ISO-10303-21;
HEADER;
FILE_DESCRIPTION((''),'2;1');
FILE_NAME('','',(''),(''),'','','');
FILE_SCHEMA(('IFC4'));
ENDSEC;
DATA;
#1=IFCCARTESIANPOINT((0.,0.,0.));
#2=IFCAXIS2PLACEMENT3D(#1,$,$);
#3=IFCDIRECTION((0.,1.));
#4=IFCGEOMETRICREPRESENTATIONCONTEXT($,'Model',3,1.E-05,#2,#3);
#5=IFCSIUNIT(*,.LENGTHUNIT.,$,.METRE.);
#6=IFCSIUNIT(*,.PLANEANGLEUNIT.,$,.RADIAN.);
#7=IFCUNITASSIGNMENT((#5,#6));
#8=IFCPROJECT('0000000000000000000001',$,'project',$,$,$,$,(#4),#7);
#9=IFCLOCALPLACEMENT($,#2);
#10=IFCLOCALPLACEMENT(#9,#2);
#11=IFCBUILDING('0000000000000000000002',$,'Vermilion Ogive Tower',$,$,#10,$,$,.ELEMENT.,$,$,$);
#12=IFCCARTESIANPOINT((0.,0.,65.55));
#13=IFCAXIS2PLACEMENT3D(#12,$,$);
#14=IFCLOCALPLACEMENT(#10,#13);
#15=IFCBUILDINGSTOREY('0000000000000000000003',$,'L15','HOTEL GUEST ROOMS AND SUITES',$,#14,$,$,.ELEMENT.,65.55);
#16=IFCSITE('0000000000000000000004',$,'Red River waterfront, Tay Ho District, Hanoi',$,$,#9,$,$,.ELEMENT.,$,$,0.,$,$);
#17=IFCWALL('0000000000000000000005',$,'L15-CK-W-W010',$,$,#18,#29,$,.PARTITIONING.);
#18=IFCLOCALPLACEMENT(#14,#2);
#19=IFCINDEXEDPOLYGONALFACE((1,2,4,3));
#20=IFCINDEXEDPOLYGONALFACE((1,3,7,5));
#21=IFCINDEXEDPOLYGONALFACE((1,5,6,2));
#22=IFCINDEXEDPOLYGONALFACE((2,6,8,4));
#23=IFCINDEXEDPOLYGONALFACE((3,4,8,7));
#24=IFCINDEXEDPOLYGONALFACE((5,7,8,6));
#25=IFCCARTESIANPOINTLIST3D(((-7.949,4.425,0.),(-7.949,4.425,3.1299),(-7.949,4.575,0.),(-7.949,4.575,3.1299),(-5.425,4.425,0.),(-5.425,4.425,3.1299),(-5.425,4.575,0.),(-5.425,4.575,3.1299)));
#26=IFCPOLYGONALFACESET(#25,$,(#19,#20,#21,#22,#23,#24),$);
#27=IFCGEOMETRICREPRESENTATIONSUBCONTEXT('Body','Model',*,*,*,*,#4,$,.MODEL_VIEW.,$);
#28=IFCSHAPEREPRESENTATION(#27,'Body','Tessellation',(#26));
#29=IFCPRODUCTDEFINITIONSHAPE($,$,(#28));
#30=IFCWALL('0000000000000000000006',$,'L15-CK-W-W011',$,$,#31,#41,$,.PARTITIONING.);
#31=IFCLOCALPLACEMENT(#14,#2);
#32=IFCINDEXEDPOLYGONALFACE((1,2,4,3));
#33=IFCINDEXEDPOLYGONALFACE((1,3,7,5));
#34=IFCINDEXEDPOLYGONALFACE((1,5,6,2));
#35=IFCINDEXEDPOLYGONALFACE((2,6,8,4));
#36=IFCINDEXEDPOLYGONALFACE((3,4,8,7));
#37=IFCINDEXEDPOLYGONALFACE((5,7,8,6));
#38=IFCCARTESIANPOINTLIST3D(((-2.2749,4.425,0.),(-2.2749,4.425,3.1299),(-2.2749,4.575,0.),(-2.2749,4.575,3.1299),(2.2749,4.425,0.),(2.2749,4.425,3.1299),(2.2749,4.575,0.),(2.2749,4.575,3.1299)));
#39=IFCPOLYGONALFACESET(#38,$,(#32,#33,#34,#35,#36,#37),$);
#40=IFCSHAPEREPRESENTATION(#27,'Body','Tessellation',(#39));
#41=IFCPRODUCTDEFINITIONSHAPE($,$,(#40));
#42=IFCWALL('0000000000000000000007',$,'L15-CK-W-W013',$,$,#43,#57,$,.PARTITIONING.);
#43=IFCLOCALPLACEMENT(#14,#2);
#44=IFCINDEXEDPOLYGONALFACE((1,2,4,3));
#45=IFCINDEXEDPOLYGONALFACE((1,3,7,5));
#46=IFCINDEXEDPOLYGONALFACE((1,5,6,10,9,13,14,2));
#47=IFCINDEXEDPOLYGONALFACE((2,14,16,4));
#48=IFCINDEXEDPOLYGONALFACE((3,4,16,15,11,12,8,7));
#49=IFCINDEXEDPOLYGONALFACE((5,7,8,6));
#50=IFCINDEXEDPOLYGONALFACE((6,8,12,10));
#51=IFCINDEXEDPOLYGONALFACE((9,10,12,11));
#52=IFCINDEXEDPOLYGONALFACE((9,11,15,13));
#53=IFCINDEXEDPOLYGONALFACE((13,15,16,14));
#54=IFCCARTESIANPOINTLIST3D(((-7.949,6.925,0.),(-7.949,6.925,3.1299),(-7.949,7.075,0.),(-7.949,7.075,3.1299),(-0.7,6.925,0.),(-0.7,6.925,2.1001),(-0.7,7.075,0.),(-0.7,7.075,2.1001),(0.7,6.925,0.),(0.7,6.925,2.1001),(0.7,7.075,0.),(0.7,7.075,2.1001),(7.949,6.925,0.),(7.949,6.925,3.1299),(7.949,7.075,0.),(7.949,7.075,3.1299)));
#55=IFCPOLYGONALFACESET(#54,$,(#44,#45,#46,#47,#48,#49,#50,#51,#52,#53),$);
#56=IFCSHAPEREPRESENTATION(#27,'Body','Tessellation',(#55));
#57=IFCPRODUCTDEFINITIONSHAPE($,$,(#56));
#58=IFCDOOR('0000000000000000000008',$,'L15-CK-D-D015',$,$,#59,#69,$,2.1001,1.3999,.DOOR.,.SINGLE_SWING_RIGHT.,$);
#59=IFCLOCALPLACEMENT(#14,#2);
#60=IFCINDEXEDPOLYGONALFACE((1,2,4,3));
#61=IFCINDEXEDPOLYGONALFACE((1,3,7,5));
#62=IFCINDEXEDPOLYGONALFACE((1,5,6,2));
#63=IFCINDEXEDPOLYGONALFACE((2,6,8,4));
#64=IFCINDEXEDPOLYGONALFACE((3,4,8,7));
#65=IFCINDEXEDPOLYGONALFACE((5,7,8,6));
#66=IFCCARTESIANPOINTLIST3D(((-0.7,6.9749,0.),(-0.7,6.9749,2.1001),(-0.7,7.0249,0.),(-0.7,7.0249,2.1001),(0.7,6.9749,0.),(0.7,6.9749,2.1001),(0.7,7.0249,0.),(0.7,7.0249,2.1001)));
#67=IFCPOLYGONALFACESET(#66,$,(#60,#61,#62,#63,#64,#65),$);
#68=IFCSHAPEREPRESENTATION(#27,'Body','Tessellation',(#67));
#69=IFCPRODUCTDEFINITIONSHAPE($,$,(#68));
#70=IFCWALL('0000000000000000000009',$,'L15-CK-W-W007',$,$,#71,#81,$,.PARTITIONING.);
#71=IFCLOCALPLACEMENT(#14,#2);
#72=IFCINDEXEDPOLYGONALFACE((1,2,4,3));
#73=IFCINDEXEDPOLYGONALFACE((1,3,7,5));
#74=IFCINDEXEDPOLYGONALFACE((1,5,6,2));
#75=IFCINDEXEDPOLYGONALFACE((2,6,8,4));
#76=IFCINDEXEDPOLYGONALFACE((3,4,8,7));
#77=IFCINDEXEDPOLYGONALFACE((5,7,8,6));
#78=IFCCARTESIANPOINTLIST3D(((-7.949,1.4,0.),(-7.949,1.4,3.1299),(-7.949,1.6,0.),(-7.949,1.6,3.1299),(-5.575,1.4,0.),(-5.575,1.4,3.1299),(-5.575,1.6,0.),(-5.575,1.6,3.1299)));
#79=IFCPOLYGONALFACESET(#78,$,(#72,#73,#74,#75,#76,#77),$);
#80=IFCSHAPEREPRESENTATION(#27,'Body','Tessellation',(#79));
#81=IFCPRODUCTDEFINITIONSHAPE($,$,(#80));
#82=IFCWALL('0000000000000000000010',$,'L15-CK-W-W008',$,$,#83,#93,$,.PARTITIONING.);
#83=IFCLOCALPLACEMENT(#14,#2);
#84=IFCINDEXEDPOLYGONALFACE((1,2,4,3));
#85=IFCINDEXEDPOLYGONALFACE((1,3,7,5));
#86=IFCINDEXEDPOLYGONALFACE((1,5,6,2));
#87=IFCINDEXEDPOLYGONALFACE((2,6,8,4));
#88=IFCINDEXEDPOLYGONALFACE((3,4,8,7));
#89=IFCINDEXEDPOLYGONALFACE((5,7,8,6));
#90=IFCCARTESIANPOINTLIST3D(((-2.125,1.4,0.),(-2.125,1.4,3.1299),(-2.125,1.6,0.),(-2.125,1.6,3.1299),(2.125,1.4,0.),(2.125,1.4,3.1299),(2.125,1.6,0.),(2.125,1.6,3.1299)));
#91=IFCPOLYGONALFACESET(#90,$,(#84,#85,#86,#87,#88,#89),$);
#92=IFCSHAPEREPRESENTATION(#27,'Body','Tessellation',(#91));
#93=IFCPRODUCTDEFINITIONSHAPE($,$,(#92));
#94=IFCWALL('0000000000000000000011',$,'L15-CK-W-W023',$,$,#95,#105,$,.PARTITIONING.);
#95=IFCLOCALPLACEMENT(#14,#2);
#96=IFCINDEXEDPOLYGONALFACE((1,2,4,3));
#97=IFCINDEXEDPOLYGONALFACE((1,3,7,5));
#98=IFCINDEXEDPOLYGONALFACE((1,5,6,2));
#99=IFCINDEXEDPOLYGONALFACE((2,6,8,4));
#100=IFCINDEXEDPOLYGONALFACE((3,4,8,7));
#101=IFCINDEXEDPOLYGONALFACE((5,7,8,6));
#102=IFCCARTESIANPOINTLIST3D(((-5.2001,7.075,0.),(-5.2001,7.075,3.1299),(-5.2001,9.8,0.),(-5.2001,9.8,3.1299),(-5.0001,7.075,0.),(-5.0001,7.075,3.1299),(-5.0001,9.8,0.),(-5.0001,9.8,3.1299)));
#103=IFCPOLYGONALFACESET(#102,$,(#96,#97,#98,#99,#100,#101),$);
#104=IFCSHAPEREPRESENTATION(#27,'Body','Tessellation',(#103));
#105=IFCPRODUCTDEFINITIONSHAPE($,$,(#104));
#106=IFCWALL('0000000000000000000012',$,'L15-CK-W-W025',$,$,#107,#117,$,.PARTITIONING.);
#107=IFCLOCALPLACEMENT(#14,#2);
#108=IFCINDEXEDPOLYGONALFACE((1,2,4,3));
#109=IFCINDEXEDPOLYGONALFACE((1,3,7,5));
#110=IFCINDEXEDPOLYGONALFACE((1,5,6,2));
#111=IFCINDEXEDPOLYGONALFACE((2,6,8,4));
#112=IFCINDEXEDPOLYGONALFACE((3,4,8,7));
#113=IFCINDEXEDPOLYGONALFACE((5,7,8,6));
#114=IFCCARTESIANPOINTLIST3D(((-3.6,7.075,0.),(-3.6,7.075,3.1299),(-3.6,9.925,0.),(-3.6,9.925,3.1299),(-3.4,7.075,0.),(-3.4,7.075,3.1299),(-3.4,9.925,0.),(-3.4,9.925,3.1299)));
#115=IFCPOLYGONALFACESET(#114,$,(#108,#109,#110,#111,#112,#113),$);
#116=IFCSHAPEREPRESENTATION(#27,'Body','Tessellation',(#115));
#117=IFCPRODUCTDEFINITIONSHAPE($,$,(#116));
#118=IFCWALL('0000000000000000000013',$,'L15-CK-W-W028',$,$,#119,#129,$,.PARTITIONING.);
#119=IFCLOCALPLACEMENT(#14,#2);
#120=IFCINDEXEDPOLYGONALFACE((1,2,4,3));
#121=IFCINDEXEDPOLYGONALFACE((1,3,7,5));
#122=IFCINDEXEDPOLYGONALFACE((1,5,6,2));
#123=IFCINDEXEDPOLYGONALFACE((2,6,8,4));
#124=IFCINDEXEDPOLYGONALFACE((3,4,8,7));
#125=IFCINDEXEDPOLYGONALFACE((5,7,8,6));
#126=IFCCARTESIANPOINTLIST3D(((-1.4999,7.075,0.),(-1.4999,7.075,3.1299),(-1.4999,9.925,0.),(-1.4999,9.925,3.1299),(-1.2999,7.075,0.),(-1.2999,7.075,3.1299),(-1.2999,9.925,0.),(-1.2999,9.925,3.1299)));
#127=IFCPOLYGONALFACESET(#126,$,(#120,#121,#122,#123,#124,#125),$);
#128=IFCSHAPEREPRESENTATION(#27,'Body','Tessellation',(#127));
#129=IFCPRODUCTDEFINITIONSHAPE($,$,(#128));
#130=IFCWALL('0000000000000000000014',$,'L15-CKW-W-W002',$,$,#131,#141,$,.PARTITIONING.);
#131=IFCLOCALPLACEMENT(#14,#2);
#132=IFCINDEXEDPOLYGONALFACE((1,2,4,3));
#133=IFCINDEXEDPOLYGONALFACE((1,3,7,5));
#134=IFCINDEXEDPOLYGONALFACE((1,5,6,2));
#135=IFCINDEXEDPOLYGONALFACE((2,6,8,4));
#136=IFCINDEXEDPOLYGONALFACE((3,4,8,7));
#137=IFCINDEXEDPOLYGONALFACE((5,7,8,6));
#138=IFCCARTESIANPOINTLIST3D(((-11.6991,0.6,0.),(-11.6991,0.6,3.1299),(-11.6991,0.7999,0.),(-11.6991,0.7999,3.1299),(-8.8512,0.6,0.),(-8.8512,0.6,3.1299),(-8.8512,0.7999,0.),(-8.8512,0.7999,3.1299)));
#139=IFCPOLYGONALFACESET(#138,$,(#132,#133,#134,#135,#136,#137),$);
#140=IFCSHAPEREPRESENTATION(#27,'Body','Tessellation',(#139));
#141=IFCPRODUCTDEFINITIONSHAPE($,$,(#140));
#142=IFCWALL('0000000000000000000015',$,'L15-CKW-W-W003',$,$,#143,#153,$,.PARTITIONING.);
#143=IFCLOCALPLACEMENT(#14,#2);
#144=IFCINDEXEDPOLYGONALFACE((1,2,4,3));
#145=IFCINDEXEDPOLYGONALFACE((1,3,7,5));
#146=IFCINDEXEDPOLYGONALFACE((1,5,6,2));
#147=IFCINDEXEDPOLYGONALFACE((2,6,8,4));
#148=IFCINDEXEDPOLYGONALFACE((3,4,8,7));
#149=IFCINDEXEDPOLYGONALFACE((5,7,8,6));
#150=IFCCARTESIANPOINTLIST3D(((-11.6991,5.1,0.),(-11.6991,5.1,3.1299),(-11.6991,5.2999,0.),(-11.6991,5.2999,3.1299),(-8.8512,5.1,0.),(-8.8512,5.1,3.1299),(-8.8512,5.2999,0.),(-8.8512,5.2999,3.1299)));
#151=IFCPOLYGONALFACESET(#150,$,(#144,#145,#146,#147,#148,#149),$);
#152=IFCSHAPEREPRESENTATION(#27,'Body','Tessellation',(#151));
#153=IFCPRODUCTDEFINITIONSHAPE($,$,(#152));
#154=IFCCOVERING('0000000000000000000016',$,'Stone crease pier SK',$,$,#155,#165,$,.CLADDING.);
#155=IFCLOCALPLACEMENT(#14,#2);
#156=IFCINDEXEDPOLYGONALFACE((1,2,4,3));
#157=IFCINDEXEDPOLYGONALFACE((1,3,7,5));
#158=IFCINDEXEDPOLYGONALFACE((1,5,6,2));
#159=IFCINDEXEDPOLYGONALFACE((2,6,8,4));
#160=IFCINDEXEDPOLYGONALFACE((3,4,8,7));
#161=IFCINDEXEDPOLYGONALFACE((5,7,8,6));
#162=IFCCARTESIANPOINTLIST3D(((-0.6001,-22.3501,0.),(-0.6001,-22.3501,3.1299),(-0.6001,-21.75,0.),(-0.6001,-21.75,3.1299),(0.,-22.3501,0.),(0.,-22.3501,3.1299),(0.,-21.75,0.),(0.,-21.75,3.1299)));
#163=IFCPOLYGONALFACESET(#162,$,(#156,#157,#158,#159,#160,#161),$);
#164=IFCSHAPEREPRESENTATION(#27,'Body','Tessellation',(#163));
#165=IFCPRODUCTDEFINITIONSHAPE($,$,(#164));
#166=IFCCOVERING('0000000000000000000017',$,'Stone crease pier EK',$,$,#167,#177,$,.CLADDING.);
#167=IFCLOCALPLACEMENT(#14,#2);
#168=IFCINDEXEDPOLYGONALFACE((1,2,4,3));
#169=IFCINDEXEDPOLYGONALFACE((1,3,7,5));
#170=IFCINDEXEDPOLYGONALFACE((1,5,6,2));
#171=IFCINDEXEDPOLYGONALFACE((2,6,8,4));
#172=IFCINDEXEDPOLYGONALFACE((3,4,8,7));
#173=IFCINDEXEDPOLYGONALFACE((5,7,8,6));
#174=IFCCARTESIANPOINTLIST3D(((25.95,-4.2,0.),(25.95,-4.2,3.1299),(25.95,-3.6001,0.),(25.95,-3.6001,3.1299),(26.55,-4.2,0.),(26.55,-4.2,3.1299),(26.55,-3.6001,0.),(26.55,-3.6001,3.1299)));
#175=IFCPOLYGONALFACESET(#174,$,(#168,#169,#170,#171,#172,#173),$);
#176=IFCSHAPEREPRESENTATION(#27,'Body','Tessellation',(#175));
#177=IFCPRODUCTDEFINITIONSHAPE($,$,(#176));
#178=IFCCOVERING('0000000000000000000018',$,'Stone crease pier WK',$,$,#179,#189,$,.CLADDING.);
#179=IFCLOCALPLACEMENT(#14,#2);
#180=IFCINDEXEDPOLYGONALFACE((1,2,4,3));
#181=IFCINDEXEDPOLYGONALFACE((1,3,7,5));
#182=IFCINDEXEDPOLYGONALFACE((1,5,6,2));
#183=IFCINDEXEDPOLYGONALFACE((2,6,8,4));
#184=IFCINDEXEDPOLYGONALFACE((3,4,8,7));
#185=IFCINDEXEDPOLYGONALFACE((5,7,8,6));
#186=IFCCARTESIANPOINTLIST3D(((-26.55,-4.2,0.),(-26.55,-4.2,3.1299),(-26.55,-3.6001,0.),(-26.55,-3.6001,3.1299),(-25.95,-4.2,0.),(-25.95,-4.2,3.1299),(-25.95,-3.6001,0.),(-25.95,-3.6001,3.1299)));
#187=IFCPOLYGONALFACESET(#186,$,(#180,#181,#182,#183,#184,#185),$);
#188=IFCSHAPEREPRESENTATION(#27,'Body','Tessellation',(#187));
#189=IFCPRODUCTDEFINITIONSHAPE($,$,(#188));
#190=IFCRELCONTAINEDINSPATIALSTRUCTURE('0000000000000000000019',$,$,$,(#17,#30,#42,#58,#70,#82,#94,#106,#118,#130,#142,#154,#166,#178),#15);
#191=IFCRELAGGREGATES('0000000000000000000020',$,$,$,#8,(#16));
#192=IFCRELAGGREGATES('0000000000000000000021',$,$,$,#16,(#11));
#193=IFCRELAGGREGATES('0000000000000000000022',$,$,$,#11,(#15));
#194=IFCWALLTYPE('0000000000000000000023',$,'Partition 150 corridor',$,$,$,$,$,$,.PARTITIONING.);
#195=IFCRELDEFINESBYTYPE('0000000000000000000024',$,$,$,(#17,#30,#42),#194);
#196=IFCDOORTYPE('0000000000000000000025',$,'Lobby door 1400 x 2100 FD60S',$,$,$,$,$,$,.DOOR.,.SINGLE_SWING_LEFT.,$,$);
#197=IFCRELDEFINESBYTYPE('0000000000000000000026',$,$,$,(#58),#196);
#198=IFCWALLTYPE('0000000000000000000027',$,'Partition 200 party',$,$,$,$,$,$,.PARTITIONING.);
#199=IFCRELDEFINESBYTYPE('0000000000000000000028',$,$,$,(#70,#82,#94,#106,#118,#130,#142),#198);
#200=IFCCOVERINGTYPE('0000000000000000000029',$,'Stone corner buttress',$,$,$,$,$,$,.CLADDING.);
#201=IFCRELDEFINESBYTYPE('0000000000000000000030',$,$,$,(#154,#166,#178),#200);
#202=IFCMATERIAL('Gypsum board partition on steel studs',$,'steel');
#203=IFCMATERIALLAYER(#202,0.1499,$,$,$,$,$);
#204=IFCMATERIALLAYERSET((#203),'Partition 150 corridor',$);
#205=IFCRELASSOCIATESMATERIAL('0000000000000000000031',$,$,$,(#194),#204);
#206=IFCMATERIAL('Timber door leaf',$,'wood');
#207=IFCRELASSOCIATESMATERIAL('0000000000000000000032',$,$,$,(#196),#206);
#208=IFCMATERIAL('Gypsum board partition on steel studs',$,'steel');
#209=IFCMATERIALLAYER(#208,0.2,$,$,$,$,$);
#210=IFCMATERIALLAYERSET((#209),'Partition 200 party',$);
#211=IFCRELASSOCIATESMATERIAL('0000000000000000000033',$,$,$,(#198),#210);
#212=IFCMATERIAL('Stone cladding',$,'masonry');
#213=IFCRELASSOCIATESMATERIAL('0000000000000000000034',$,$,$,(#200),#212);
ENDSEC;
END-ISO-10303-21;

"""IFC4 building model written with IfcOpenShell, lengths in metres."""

from ifc_helpers import new_model, si_unit, direction, frame, frame_2d, origin, place, context, subcontext, project, spatial, polyline, rectangle, outline, extrude, material, layer, layer_set, type_object, element, fill, save


model = new_model("IFC4")

# Units and contexts
model_context = context("Model", 3, precision=1e-05, world=origin(), true_north=direction((0.0, 1.0)))
body_context = subcontext(model_context, "Body", "Model", "MODEL_VIEW")
ifc_project = project(units=[si_unit("LENGTHUNIT", "METRE"), si_unit("PLANEANGLEUNIT", "RADIAN")], contexts=[model_context])

# Site, building, storey
site_placement = place(None, origin())
site = spatial("IfcSite", under=ifc_project, at=site_placement, Name="Red River waterfront, Tay Ho District, Hanoi", CompositionType="ELEMENT", RefElevation=0.0)
building_placement = place(site_placement, origin())
building = spatial("IfcBuilding", under=site, at=building_placement, Name="Vermilion Ogive Tower", CompositionType="ELEMENT")
storey_placement = place(building_placement, frame((0.0, 0.0, 65.55)))
storey = spatial("IfcBuildingStorey", under=building, at=storey_placement, Name="L15", Description="HOTEL GUEST ROOMS AND SUITES", CompositionType="ELEMENT", Elevation=65.55)

# Walls
ifc_material_1 = material(Name="Gypsum board partition on steel studs", Category="steel")
ifc_layer_1 = layer(ifc_material_1, 0.1499)
ifc_layer_set_1 = layer_set([ifc_layer_1], Name="Partition 150 corridor")
wall_type_1 = type_object("IfcWallType", Name="Partition 150 corridor", PredefinedType="PARTITIONING", material=ifc_layer_set_1)
wall_1_placement = place(storey_placement, frame((-7.949, 4.5, 0.0), z_axis=(0.0, 0.0, 1.0), x_axis=(1.0, 0.0, 0.0)))
element("IfcWall", 1, at=wall_1_placement, inside=storey, type_object=wall_type_1, Name="L15-CK-W-W010", PredefinedType="PARTITIONING", context=body_context, shape_type="SweptSolid", body=[
    extrude(rectangle(XDim=2.5239, YDim=0.1499, at=frame_2d((1.262, 0.0))), origin(), (0.0, 0.0, 1.0), 3.1299),
])
wall_2_placement = place(storey_placement, frame((-2.2749, 4.5, 0.0), z_axis=(0.0, 0.0, 1.0), x_axis=(1.0, 0.0, 0.0)))
element("IfcWall", 2, at=wall_2_placement, inside=storey, type_object=wall_type_1, Name="L15-CK-W-W011", PredefinedType="PARTITIONING", context=body_context, shape_type="SweptSolid", body=[
    extrude(rectangle(XDim=4.5498, YDim=0.1499, at=frame_2d((2.2749, 0.0))), origin(), (0.0, 0.0, 1.0), 3.1299),
])

# Wall, opening, door
wall_3_placement = place(storey_placement, frame((-7.949, 7.0, 0.0), z_axis=(0.0, 0.0, 1.0), x_axis=(1.0, 0.0, 0.0)))
wall_3 = element("IfcWall", 3, at=wall_3_placement, inside=storey, type_object=wall_type_1, Name="L15-CK-W-W013", PredefinedType="PARTITIONING", context=body_context, shape_type="SweptSolid", body=[
    extrude(rectangle(XDim=15.8979, YDim=0.1499, at=frame_2d((7.949, 0.0))), origin(), (0.0, 0.0, 1.0), 3.1299),
])
opening_placement = place(wall_3_placement, frame((7.249, 0.0, 0.0)))
opening = element("IfcOpeningElement", 4, at=opening_placement, cuts=wall_3, PredefinedType="OPENING", context=body_context, shape_type="SweptSolid", body=[
    extrude(rectangle(XDim=1.3999, YDim=2.1001, at=frame_2d((0.7, 1.05))), frame((0.0, 0.085, 0.0), z_axis=(0.0, -1.0, 0.0), x_axis=(1.0, 0.0, 0.0)), (0.0, 0.0, 1.0), 0.1699),
])
ifc_material_2 = material(Name="Timber door leaf", Category="wood")
door_type = type_object("IfcDoorType", Name="Lobby door 1400 x 2100 FD60S", OperationType="SINGLE_SWING_LEFT", PredefinedType="DOOR", material=ifc_material_2)
door_placement = place(opening_placement, origin())
door = element("IfcDoor", 5, at=door_placement, inside=storey, type_object=door_type, Name="L15-CK-D-D015", OperationType="SINGLE_SWING_RIGHT", OverallHeight=2.1001, OverallWidth=1.3999, PredefinedType="DOOR", context=body_context, shape_type="SweptSolid", body=[
    extrude(rectangle(XDim=1.3999, YDim=2.1001, at=frame_2d((0.7, 1.05))), frame((0.0, 0.0249, 0.0), z_axis=(0.0, -1.0, 0.0), x_axis=(1.0, 0.0, 0.0)), (0.0, 0.0, 1.0), 0.05),
])
fill(opening, door)

# Walls
ifc_material_3 = material(Name="Gypsum board partition on steel studs", Category="steel")
ifc_layer_2 = layer(ifc_material_3, 0.2)
ifc_layer_set_2 = layer_set([ifc_layer_2], Name="Partition 200 party")
wall_type_2 = type_object("IfcWallType", Name="Partition 200 party", PredefinedType="PARTITIONING", material=ifc_layer_set_2)
wall_4_placement = place(storey_placement, frame((-7.949, 1.5, 0.0), z_axis=(0.0, 0.0, 1.0), x_axis=(1.0, 0.0, 0.0)))
element("IfcWall", 6, at=wall_4_placement, inside=storey, type_object=wall_type_2, Name="L15-CK-W-W007", PredefinedType="PARTITIONING", context=body_context, shape_type="SweptSolid", body=[
    extrude(rectangle(XDim=2.374, YDim=0.2, at=frame_2d((1.187, 0.0))), origin(), (0.0, 0.0, 1.0), 3.1299),
])
wall_5_placement = place(storey_placement, frame((-2.125, 1.5, 0.0), z_axis=(0.0, 0.0, 1.0), x_axis=(1.0, 0.0, 0.0)))
element("IfcWall", 7, at=wall_5_placement, inside=storey, type_object=wall_type_2, Name="L15-CK-W-W008", PredefinedType="PARTITIONING", context=body_context, shape_type="SweptSolid", body=[
    extrude(rectangle(XDim=4.25, YDim=0.2, at=frame_2d((2.125, 0.0))), origin(), (0.0, 0.0, 1.0), 3.1299),
])
wall_6_placement = place(storey_placement, frame((-5.1001, 7.075, 0.0), z_axis=(0.0, 0.0, 1.0), x_axis=(0.0, 1.0, 0.0)))
element("IfcWall", 8, at=wall_6_placement, inside=storey, type_object=wall_type_2, Name="L15-CK-W-W023", PredefinedType="PARTITIONING", context=body_context, shape_type="SweptSolid", body=[
    extrude(rectangle(XDim=2.7251, YDim=0.2, at=frame_2d((1.3625, 0.0))), origin(), (0.0, 0.0, 1.0), 3.1299),
])
for number, where, z_axis, x_axis, name in (
    (9, (-3.5, 7.075, 0.0), (0.0, 0.0, 1.0), (0.0, 1.0, 0.0), "L15-CK-W-W025"),
    (10, (-1.3999, 7.075, 0.0), (0.0, 0.0, 1.0), (0.0, 1.0, 0.0), "L15-CK-W-W028"),
):
    element("IfcWall", number, at=place(storey_placement, frame(where, z_axis=z_axis, x_axis=x_axis)), inside=storey, type_object=wall_type_2, Name=name, PredefinedType="PARTITIONING", context=body_context, shape_type="SweptSolid", body=[
        extrude(rectangle(XDim=2.8501, YDim=0.2, at=frame_2d((1.425, 0.0))), origin(), (0.0, 0.0, 1.0), 3.1299),
    ])
for number, where, z_axis, x_axis, name in (
    (11, (-11.699, 0.7, 0.0), (0.0, 0.0, 1.0), (1.0, 0.0, 0.0), "L15-CKW-W-W002"),
    (12, (-11.699, 5.2, 0.0), (0.0, 0.0, 1.0), (1.0, 0.0, 0.0), "L15-CKW-W-W003"),
):
    element("IfcWall", number, at=place(storey_placement, frame(where, z_axis=z_axis, x_axis=x_axis)), inside=storey, type_object=wall_type_2, Name=name, PredefinedType="PARTITIONING", context=body_context, shape_type="SweptSolid", body=[
        extrude(rectangle(XDim=2.8479, YDim=0.2, at=frame_2d((1.4238, 0.0))), origin(), (0.0, 0.0, 1.0), 3.1299),
    ])

# Coverings
ifc_material_4 = material(Name="Stone cladding", Category="masonry")
covering_type_1 = type_object("IfcCoveringType", Name="Stone corner buttress", PredefinedType="CLADDING", material=ifc_material_4)
covering_1_placement = place(storey_placement, origin())
element("IfcCovering", 13, at=covering_1_placement, inside=storey, type_object=covering_type_1, Name="Stone crease pier SK", PredefinedType="CLADDING", context=body_context, shape_type="SweptSolid", body=[
    extrude(outline(polyline([(-0.6001, -22.3501), (0.0, -22.3501), (0.0, -21.75), (-0.6001, -21.75), (-0.6001, -22.3501)])), origin(), (0.0, 0.0, 1.0), 3.1299),
])
covering_2_placement = place(storey_placement, origin())
element("IfcCovering", 14, at=covering_2_placement, inside=storey, type_object=covering_type_1, Name="Stone crease pier EK", PredefinedType="CLADDING", context=body_context, shape_type="SweptSolid", body=[
    extrude(outline(polyline([(26.55, -4.2), (26.55, -3.6001), (25.95, -3.6001), (25.95, -4.2), (26.55, -4.2)])), origin(), (0.0, 0.0, 1.0), 3.1299),
])
covering_3_placement = place(storey_placement, origin())
element("IfcCovering", 15, at=covering_3_placement, inside=storey, type_object=covering_type_1, Name="Stone crease pier WK", PredefinedType="CLADDING", context=body_context, shape_type="SweptSolid", body=[
    extrude(outline(polyline([(-26.55, -3.6001), (-26.55, -4.2), (-25.95, -4.2), (-25.95, -3.6001), (-26.55, -3.6001)])), origin(), (0.0, 0.0, 1.0), 3.1299),
])

save(model, "model.ifc")
